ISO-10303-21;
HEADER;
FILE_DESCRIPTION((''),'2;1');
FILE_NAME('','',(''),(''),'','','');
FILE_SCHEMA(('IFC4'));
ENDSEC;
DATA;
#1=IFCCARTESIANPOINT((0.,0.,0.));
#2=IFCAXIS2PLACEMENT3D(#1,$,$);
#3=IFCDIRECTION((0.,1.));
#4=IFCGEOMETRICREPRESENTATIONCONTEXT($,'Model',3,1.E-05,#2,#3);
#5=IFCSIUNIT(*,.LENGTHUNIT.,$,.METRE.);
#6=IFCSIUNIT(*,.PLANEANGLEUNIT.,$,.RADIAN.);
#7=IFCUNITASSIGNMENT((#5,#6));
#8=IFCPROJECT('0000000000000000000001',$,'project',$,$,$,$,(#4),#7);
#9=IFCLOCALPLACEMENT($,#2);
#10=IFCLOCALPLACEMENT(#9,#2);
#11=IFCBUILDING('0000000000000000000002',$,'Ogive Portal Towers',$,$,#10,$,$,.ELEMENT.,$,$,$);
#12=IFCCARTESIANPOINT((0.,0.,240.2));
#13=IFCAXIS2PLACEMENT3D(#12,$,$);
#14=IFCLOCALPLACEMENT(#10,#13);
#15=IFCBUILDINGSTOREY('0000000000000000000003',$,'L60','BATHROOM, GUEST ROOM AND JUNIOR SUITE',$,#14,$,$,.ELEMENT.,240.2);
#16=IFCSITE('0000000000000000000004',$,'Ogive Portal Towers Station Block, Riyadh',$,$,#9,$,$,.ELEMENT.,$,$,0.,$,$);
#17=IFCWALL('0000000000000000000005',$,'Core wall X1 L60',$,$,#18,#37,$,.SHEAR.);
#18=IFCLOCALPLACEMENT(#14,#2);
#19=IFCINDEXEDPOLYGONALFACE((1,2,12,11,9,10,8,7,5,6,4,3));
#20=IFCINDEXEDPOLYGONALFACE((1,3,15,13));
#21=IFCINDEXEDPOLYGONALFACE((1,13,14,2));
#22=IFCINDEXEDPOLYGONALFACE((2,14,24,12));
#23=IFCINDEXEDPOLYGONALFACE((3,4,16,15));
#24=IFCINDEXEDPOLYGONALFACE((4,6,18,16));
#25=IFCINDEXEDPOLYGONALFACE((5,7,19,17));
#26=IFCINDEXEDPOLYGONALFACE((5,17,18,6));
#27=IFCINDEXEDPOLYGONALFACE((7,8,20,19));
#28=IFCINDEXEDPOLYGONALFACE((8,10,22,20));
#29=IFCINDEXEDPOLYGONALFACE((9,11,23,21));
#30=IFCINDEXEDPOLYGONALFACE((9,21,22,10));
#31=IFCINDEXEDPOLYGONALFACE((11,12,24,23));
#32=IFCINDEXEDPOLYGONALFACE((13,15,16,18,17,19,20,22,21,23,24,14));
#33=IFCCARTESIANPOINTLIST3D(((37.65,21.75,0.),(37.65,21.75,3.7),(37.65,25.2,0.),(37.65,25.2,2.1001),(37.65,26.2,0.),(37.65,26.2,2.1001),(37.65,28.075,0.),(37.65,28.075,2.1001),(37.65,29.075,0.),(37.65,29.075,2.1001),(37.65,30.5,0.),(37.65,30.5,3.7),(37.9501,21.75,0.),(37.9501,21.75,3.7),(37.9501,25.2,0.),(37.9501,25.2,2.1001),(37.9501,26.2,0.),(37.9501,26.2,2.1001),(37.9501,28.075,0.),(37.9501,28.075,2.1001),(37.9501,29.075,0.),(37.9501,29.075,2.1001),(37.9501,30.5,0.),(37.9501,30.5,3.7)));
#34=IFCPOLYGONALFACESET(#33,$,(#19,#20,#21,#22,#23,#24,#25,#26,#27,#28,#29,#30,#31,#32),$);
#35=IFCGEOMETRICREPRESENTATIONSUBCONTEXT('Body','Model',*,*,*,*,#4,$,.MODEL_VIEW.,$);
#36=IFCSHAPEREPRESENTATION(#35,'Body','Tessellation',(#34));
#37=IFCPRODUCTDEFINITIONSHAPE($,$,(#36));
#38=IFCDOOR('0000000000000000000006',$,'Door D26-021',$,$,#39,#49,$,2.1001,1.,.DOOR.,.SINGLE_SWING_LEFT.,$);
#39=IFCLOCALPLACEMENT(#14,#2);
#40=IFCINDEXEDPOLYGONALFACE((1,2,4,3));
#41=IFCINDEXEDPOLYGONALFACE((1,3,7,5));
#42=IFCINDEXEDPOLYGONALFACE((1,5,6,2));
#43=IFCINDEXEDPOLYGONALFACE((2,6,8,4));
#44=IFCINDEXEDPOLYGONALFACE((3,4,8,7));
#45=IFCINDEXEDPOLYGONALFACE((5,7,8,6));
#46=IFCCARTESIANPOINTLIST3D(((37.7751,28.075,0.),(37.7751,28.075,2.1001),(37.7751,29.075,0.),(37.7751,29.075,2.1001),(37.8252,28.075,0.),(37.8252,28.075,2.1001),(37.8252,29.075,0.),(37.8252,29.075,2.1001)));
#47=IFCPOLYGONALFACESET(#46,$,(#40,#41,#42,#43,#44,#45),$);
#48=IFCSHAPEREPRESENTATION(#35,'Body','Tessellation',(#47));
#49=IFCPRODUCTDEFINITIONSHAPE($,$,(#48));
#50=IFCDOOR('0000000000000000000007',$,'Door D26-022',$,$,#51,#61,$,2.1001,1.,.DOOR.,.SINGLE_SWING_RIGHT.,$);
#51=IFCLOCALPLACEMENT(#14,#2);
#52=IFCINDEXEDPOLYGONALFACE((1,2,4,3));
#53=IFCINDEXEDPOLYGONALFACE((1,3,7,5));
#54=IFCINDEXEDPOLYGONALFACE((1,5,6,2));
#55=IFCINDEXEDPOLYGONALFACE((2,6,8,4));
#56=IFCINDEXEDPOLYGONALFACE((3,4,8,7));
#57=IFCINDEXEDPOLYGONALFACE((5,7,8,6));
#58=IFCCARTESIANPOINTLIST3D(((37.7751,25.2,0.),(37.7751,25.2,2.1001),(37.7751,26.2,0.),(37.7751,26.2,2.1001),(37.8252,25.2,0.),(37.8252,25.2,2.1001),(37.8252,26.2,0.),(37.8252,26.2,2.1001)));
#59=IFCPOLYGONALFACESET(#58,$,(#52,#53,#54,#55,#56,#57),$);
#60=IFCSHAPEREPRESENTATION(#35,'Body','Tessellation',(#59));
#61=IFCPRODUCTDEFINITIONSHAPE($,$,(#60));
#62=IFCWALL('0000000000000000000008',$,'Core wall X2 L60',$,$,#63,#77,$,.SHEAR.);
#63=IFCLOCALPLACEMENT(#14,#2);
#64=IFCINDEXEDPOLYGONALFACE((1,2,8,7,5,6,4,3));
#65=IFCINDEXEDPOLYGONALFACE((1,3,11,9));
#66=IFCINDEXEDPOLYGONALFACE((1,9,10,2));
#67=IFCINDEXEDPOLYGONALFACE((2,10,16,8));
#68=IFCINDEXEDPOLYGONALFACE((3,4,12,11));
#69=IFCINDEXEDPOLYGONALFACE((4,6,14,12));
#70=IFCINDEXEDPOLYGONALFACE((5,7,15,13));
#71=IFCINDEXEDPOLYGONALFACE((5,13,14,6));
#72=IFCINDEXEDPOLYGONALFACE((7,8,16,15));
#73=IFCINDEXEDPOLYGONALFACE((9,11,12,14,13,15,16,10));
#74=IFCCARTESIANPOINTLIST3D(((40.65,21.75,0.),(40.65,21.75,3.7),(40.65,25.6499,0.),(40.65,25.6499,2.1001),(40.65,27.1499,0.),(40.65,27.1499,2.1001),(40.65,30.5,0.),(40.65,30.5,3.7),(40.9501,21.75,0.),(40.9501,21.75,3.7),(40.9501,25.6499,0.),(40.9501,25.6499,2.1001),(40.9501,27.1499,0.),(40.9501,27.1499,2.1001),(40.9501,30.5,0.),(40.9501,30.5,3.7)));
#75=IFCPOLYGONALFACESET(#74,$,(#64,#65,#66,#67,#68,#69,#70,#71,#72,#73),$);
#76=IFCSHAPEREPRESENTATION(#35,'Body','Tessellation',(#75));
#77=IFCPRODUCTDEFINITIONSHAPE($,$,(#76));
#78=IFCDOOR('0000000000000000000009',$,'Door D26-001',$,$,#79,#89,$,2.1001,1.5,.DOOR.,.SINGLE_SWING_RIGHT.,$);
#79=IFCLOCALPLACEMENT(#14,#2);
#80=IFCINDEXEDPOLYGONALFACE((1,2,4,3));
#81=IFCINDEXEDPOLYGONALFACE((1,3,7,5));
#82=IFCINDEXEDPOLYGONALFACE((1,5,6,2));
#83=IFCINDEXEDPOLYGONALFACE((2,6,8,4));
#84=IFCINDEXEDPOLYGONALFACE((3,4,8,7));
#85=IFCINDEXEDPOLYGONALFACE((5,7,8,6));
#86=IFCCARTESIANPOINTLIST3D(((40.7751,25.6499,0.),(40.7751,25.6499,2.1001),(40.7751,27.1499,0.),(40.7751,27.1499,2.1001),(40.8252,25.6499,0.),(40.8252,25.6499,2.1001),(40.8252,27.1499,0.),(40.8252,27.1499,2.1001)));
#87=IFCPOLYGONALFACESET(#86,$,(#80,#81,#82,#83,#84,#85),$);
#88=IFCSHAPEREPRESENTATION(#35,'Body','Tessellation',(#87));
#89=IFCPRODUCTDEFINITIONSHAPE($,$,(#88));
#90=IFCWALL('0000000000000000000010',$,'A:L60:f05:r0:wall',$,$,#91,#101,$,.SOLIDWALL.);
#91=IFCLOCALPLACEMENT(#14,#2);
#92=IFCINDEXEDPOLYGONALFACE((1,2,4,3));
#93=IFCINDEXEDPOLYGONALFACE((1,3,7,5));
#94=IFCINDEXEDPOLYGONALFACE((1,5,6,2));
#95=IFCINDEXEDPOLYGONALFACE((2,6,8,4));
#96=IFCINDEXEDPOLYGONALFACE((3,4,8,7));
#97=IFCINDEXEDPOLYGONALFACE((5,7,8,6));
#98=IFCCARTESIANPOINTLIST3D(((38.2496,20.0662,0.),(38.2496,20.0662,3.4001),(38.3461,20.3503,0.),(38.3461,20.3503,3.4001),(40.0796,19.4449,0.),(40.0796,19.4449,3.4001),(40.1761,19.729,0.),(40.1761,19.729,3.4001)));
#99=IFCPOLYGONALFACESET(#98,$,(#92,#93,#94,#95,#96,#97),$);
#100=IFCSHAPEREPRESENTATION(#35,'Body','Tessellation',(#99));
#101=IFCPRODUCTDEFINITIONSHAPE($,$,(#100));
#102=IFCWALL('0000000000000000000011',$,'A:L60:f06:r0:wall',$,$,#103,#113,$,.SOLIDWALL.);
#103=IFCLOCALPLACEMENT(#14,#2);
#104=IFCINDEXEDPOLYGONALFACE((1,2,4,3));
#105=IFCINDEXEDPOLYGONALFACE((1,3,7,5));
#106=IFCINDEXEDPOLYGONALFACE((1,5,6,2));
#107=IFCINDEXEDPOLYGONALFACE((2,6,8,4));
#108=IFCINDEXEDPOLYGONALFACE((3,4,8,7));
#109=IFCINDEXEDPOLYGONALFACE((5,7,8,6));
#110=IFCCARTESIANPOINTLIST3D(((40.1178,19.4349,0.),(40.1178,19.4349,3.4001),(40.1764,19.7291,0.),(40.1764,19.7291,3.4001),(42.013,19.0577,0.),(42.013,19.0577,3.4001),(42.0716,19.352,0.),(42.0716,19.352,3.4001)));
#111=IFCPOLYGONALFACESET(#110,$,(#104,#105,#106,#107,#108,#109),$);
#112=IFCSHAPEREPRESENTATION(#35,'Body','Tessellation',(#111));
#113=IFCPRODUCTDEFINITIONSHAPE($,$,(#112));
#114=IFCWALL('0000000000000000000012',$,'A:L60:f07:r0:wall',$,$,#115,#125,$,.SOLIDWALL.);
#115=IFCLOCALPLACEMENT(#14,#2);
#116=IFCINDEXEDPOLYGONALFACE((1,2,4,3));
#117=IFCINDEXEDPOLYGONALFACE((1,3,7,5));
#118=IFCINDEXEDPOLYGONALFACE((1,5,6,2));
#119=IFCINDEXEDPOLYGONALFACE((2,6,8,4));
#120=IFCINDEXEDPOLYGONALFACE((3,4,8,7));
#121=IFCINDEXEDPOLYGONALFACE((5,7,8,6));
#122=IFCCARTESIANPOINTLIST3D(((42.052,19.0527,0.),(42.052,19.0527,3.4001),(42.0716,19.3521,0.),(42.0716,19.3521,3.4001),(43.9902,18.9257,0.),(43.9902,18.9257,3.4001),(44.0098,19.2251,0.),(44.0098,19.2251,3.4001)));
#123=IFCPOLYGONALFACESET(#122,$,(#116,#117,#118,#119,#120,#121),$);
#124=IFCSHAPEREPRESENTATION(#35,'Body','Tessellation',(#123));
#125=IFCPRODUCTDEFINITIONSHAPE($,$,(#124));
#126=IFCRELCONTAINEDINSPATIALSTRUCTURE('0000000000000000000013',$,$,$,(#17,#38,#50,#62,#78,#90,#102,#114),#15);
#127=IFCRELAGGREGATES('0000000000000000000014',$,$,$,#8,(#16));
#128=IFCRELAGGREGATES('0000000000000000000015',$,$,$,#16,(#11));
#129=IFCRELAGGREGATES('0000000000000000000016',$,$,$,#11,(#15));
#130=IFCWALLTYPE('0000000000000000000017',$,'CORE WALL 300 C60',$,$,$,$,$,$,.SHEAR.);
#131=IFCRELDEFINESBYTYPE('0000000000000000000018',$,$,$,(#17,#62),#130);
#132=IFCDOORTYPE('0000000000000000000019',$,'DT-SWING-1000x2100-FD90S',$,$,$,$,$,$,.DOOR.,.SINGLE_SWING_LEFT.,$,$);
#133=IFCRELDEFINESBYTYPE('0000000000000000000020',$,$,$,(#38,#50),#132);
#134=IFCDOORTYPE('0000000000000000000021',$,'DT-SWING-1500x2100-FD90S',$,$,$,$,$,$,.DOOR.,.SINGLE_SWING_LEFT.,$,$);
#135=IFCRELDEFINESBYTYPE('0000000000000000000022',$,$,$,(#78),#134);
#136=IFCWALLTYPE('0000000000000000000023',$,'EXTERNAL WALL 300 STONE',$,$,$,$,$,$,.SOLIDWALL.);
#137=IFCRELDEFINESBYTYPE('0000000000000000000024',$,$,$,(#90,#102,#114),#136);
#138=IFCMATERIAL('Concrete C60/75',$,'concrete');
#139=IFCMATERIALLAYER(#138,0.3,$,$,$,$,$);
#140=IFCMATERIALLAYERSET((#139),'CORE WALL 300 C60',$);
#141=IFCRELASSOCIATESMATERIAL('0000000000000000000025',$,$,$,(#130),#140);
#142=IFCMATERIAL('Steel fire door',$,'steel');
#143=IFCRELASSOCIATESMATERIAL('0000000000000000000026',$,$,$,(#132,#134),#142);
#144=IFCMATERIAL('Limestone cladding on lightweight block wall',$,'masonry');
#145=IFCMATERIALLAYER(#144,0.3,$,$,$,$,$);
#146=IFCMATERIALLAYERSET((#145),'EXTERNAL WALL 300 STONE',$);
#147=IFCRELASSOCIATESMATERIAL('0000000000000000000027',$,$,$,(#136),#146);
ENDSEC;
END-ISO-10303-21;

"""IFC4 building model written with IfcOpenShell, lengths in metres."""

from ifc_helpers import new_model, si_unit, direction, frame, frame_2d, origin, place, context, subcontext, project, spatial, rectangle, extrude, material, layer, layer_set, type_object, element, fill, save


model = new_model("IFC4")

# Units and contexts
model_context = context("Model", 3, precision=1e-05, world=origin(), true_north=direction((0.0, 1.0)))
body_context = subcontext(model_context, "Body", "Model", "MODEL_VIEW")
ifc_project = project(units=[si_unit("LENGTHUNIT", "METRE"), si_unit("PLANEANGLEUNIT", "RADIAN")], contexts=[model_context])

# Site, building, storey
site_placement = place(None, origin())
site = spatial("IfcSite", under=ifc_project, at=site_placement, Name="Ogive Portal Towers Station Block, Riyadh", CompositionType="ELEMENT", RefElevation=0.0)
building_placement = place(site_placement, origin())
building = spatial("IfcBuilding", under=site, at=building_placement, Name="Ogive Portal Towers", CompositionType="ELEMENT")
storey_placement = place(building_placement, frame((0.0, 0.0, 240.2)))
storey = spatial("IfcBuildingStorey", under=building, at=storey_placement, Name="L60", Description="BATHROOM, GUEST ROOM AND JUNIOR SUITE", CompositionType="ELEMENT", Elevation=240.2)

# Wall, openings, doors
ifc_material_1 = material(Name="Concrete C60/75", Category="concrete")
ifc_layer_1 = layer(ifc_material_1, 0.3)
ifc_layer_set_1 = layer_set([ifc_layer_1], Name="CORE WALL 300 C60")
wall_type_1 = type_object("IfcWallType", Name="CORE WALL 300 C60", PredefinedType="SHEAR", material=ifc_layer_set_1)
wall_1_placement = place(storey_placement, frame((37.8, 21.75, 0.0), z_axis=(0.0, 0.0, 1.0), x_axis=(0.0, 1.0, 0.0)))
wall_1 = element("IfcWall", 1, at=wall_1_placement, inside=storey, type_object=wall_type_1, Name="Core wall X1 L60", PredefinedType="SHEAR", context=body_context, shape_type="SweptSolid", body=[
    extrude(rectangle(XDim=8.75, YDim=0.3, at=frame_2d((4.375, 0.0))), origin(), (0.0, 0.0, 1.0), 3.7),
])
opening_1_placement = place(wall_1_placement, frame((6.325, 0.0, 0.0)))
opening_1 = element("IfcOpeningElement", 2, at=opening_1_placement, cuts=wall_1, PredefinedType="OPENING", context=body_context, shape_type="SweptSolid", body=[
    extrude(rectangle(XDim=1.0, YDim=2.1001, at=frame_2d((0.5, 1.05))), frame((0.0, 0.1602, 0.0), z_axis=(0.0, -1.0, 0.0), x_axis=(1.0, 0.0, 0.0)), (0.0, 0.0, 1.0), 0.3201),
])
opening_2_placement = place(wall_1_placement, frame((3.45, 0.0, 0.0)))
opening_2 = element("IfcOpeningElement", 3, at=opening_2_placement, cuts=wall_1, PredefinedType="OPENING", context=body_context, shape_type="SweptSolid", body=[
    extrude(rectangle(XDim=1.0, YDim=2.1001, at=frame_2d((0.5, 1.05))), frame((0.0, 0.1602, 0.0), z_axis=(0.0, -1.0, 0.0), x_axis=(1.0, 0.0, 0.0)), (0.0, 0.0, 1.0), 0.3201),
])
ifc_material_2 = material(Name="Steel fire door", Category="steel")
door_type_1 = type_object("IfcDoorType", Name="DT-SWING-1000x2100-FD90S", OperationType="SINGLE_SWING_LEFT", PredefinedType="DOOR", material=ifc_material_2)
door_1_placement = place(opening_1_placement, origin())
door_1 = element("IfcDoor", 4, at=door_1_placement, inside=storey, type_object=door_type_1, Name="Door D26-021", OperationType="SINGLE_SWING_LEFT", OverallHeight=2.1001, OverallWidth=1.0, PredefinedType="DOOR", context=body_context, shape_type="SweptSolid", body=[
    extrude(rectangle(XDim=1.0, YDim=2.1001, at=frame_2d((0.5, 1.05))), frame((0.0, 0.0249, 0.0), z_axis=(0.0, -1.0, 0.0), x_axis=(1.0, 0.0, 0.0)), (0.0, 0.0, 1.0), 0.05),
])
fill(opening_1, door_1)
door_2_placement = place(opening_2_placement, origin())
door_2 = element("IfcDoor", 5, at=door_2_placement, inside=storey, type_object=door_type_1, Name="Door D26-022", OperationType="SINGLE_SWING_RIGHT", OverallHeight=2.1001, OverallWidth=1.0, PredefinedType="DOOR", context=body_context, shape_type="SweptSolid", body=[
    extrude(rectangle(XDim=1.0, YDim=2.1001, at=frame_2d((0.5, 1.05))), frame((0.0, 0.0249, 0.0), z_axis=(0.0, -1.0, 0.0), x_axis=(1.0, 0.0, 0.0)), (0.0, 0.0, 1.0), 0.05),
])
fill(opening_2, door_2)

# Wall, opening, door
wall_2_placement = place(storey_placement, frame((40.8, 21.75, 0.0), z_axis=(0.0, 0.0, 1.0), x_axis=(0.0, 1.0, 0.0)))
wall_2 = element("IfcWall", 6, at=wall_2_placement, inside=storey, type_object=wall_type_1, Name="Core wall X2 L60", PredefinedType="SHEAR", context=body_context, shape_type="SweptSolid", body=[
    extrude(rectangle(XDim=8.75, YDim=0.3, at=frame_2d((4.375, 0.0))), origin(), (0.0, 0.0, 1.0), 3.7),
])
opening_3_placement = place(wall_2_placement, frame((3.8999, 0.0, 0.0)))
opening_3 = element("IfcOpeningElement", 7, at=opening_3_placement, cuts=wall_2, PredefinedType="OPENING", context=body_context, shape_type="SweptSolid", body=[
    extrude(rectangle(XDim=1.5, YDim=2.1001, at=frame_2d((0.75, 1.05))), frame((0.0, 0.1602, 0.0), z_axis=(0.0, -1.0, 0.0), x_axis=(1.0, 0.0, 0.0)), (0.0, 0.0, 1.0), 0.3201),
])
door_type_2 = type_object("IfcDoorType", Name="DT-SWING-1500x2100-FD90S", OperationType="SINGLE_SWING_LEFT", PredefinedType="DOOR", material=ifc_material_2)
door_3_placement = place(opening_3_placement, origin())
door_3 = element("IfcDoor", 8, at=door_3_placement, inside=storey, type_object=door_type_2, Name="Door D26-001", OperationType="SINGLE_SWING_RIGHT", OverallHeight=2.1001, OverallWidth=1.5, PredefinedType="DOOR", context=body_context, shape_type="SweptSolid", body=[
    extrude(rectangle(XDim=1.5, YDim=2.1001, at=frame_2d((0.75, 1.05))), frame((0.0, 0.0249, 0.0), z_axis=(0.0, -1.0, 0.0), x_axis=(1.0, 0.0, 0.0)), (0.0, 0.0, 1.0), 0.05),
])
fill(opening_3, door_3)

# Walls
ifc_material_3 = material(Name="Limestone cladding on lightweight block wall", Category="masonry")
ifc_layer_2 = layer(ifc_material_3, 0.3)
ifc_layer_set_2 = layer_set([ifc_layer_2], Name="EXTERNAL WALL 300 STONE")
wall_type_2 = type_object("IfcWallType", Name="EXTERNAL WALL 300 STONE", PredefinedType="SOLIDWALL", material=ifc_layer_set_2)
wall_3_placement = place(storey_placement, frame((38.2979, 20.2083, 0.0), z_axis=(0.0, 0.0, 1.0), x_axis=(0.946913, -0.321491, 0.0)))
element("IfcWall", 9, at=wall_3_placement, inside=storey, type_object=wall_type_2, Name="A:L60:f05:r0:wall", PredefinedType="SOLIDWALL", context=body_context, shape_type="SweptSolid", body=[
    extrude(rectangle(XDim=1.9326, YDim=0.3, at=frame_2d((0.9663, 0.0))), origin(), (0.0, 0.0, 1.0), 3.4001),
])
wall_4_placement = place(storey_placement, frame((40.147, 19.582, 0.0), z_axis=(0.0, 0.0, 1.0), x_axis=(0.980765, -0.195193, 0.0)))
element("IfcWall", 10, at=wall_4_placement, inside=storey, type_object=wall_type_2, Name="A:L60:f06:r0:wall", PredefinedType="SOLIDWALL", context=body_context, shape_type="SweptSolid", body=[
    extrude(rectangle(XDim=1.9324, YDim=0.3, at=frame_2d((0.9663, 0.0))), origin(), (0.0, 0.0, 1.0), 3.4001),
])
wall_5_placement = place(storey_placement, frame((42.0618, 19.2024, 0.0), z_axis=(0.0, 0.0, 1.0), x_axis=(0.997862, -0.065359, 0.0)))
element("IfcWall", 11, at=wall_5_placement, inside=storey, type_object=wall_type_2, Name="A:L60:f07:r0:wall", PredefinedType="SOLIDWALL", context=body_context, shape_type="SweptSolid", body=[
    extrude(rectangle(XDim=1.9424, YDim=0.3, at=frame_2d((0.9712, 0.0))), origin(), (0.0, 0.0, 1.0), 3.4001),
])

save(model, "model.ifc")
